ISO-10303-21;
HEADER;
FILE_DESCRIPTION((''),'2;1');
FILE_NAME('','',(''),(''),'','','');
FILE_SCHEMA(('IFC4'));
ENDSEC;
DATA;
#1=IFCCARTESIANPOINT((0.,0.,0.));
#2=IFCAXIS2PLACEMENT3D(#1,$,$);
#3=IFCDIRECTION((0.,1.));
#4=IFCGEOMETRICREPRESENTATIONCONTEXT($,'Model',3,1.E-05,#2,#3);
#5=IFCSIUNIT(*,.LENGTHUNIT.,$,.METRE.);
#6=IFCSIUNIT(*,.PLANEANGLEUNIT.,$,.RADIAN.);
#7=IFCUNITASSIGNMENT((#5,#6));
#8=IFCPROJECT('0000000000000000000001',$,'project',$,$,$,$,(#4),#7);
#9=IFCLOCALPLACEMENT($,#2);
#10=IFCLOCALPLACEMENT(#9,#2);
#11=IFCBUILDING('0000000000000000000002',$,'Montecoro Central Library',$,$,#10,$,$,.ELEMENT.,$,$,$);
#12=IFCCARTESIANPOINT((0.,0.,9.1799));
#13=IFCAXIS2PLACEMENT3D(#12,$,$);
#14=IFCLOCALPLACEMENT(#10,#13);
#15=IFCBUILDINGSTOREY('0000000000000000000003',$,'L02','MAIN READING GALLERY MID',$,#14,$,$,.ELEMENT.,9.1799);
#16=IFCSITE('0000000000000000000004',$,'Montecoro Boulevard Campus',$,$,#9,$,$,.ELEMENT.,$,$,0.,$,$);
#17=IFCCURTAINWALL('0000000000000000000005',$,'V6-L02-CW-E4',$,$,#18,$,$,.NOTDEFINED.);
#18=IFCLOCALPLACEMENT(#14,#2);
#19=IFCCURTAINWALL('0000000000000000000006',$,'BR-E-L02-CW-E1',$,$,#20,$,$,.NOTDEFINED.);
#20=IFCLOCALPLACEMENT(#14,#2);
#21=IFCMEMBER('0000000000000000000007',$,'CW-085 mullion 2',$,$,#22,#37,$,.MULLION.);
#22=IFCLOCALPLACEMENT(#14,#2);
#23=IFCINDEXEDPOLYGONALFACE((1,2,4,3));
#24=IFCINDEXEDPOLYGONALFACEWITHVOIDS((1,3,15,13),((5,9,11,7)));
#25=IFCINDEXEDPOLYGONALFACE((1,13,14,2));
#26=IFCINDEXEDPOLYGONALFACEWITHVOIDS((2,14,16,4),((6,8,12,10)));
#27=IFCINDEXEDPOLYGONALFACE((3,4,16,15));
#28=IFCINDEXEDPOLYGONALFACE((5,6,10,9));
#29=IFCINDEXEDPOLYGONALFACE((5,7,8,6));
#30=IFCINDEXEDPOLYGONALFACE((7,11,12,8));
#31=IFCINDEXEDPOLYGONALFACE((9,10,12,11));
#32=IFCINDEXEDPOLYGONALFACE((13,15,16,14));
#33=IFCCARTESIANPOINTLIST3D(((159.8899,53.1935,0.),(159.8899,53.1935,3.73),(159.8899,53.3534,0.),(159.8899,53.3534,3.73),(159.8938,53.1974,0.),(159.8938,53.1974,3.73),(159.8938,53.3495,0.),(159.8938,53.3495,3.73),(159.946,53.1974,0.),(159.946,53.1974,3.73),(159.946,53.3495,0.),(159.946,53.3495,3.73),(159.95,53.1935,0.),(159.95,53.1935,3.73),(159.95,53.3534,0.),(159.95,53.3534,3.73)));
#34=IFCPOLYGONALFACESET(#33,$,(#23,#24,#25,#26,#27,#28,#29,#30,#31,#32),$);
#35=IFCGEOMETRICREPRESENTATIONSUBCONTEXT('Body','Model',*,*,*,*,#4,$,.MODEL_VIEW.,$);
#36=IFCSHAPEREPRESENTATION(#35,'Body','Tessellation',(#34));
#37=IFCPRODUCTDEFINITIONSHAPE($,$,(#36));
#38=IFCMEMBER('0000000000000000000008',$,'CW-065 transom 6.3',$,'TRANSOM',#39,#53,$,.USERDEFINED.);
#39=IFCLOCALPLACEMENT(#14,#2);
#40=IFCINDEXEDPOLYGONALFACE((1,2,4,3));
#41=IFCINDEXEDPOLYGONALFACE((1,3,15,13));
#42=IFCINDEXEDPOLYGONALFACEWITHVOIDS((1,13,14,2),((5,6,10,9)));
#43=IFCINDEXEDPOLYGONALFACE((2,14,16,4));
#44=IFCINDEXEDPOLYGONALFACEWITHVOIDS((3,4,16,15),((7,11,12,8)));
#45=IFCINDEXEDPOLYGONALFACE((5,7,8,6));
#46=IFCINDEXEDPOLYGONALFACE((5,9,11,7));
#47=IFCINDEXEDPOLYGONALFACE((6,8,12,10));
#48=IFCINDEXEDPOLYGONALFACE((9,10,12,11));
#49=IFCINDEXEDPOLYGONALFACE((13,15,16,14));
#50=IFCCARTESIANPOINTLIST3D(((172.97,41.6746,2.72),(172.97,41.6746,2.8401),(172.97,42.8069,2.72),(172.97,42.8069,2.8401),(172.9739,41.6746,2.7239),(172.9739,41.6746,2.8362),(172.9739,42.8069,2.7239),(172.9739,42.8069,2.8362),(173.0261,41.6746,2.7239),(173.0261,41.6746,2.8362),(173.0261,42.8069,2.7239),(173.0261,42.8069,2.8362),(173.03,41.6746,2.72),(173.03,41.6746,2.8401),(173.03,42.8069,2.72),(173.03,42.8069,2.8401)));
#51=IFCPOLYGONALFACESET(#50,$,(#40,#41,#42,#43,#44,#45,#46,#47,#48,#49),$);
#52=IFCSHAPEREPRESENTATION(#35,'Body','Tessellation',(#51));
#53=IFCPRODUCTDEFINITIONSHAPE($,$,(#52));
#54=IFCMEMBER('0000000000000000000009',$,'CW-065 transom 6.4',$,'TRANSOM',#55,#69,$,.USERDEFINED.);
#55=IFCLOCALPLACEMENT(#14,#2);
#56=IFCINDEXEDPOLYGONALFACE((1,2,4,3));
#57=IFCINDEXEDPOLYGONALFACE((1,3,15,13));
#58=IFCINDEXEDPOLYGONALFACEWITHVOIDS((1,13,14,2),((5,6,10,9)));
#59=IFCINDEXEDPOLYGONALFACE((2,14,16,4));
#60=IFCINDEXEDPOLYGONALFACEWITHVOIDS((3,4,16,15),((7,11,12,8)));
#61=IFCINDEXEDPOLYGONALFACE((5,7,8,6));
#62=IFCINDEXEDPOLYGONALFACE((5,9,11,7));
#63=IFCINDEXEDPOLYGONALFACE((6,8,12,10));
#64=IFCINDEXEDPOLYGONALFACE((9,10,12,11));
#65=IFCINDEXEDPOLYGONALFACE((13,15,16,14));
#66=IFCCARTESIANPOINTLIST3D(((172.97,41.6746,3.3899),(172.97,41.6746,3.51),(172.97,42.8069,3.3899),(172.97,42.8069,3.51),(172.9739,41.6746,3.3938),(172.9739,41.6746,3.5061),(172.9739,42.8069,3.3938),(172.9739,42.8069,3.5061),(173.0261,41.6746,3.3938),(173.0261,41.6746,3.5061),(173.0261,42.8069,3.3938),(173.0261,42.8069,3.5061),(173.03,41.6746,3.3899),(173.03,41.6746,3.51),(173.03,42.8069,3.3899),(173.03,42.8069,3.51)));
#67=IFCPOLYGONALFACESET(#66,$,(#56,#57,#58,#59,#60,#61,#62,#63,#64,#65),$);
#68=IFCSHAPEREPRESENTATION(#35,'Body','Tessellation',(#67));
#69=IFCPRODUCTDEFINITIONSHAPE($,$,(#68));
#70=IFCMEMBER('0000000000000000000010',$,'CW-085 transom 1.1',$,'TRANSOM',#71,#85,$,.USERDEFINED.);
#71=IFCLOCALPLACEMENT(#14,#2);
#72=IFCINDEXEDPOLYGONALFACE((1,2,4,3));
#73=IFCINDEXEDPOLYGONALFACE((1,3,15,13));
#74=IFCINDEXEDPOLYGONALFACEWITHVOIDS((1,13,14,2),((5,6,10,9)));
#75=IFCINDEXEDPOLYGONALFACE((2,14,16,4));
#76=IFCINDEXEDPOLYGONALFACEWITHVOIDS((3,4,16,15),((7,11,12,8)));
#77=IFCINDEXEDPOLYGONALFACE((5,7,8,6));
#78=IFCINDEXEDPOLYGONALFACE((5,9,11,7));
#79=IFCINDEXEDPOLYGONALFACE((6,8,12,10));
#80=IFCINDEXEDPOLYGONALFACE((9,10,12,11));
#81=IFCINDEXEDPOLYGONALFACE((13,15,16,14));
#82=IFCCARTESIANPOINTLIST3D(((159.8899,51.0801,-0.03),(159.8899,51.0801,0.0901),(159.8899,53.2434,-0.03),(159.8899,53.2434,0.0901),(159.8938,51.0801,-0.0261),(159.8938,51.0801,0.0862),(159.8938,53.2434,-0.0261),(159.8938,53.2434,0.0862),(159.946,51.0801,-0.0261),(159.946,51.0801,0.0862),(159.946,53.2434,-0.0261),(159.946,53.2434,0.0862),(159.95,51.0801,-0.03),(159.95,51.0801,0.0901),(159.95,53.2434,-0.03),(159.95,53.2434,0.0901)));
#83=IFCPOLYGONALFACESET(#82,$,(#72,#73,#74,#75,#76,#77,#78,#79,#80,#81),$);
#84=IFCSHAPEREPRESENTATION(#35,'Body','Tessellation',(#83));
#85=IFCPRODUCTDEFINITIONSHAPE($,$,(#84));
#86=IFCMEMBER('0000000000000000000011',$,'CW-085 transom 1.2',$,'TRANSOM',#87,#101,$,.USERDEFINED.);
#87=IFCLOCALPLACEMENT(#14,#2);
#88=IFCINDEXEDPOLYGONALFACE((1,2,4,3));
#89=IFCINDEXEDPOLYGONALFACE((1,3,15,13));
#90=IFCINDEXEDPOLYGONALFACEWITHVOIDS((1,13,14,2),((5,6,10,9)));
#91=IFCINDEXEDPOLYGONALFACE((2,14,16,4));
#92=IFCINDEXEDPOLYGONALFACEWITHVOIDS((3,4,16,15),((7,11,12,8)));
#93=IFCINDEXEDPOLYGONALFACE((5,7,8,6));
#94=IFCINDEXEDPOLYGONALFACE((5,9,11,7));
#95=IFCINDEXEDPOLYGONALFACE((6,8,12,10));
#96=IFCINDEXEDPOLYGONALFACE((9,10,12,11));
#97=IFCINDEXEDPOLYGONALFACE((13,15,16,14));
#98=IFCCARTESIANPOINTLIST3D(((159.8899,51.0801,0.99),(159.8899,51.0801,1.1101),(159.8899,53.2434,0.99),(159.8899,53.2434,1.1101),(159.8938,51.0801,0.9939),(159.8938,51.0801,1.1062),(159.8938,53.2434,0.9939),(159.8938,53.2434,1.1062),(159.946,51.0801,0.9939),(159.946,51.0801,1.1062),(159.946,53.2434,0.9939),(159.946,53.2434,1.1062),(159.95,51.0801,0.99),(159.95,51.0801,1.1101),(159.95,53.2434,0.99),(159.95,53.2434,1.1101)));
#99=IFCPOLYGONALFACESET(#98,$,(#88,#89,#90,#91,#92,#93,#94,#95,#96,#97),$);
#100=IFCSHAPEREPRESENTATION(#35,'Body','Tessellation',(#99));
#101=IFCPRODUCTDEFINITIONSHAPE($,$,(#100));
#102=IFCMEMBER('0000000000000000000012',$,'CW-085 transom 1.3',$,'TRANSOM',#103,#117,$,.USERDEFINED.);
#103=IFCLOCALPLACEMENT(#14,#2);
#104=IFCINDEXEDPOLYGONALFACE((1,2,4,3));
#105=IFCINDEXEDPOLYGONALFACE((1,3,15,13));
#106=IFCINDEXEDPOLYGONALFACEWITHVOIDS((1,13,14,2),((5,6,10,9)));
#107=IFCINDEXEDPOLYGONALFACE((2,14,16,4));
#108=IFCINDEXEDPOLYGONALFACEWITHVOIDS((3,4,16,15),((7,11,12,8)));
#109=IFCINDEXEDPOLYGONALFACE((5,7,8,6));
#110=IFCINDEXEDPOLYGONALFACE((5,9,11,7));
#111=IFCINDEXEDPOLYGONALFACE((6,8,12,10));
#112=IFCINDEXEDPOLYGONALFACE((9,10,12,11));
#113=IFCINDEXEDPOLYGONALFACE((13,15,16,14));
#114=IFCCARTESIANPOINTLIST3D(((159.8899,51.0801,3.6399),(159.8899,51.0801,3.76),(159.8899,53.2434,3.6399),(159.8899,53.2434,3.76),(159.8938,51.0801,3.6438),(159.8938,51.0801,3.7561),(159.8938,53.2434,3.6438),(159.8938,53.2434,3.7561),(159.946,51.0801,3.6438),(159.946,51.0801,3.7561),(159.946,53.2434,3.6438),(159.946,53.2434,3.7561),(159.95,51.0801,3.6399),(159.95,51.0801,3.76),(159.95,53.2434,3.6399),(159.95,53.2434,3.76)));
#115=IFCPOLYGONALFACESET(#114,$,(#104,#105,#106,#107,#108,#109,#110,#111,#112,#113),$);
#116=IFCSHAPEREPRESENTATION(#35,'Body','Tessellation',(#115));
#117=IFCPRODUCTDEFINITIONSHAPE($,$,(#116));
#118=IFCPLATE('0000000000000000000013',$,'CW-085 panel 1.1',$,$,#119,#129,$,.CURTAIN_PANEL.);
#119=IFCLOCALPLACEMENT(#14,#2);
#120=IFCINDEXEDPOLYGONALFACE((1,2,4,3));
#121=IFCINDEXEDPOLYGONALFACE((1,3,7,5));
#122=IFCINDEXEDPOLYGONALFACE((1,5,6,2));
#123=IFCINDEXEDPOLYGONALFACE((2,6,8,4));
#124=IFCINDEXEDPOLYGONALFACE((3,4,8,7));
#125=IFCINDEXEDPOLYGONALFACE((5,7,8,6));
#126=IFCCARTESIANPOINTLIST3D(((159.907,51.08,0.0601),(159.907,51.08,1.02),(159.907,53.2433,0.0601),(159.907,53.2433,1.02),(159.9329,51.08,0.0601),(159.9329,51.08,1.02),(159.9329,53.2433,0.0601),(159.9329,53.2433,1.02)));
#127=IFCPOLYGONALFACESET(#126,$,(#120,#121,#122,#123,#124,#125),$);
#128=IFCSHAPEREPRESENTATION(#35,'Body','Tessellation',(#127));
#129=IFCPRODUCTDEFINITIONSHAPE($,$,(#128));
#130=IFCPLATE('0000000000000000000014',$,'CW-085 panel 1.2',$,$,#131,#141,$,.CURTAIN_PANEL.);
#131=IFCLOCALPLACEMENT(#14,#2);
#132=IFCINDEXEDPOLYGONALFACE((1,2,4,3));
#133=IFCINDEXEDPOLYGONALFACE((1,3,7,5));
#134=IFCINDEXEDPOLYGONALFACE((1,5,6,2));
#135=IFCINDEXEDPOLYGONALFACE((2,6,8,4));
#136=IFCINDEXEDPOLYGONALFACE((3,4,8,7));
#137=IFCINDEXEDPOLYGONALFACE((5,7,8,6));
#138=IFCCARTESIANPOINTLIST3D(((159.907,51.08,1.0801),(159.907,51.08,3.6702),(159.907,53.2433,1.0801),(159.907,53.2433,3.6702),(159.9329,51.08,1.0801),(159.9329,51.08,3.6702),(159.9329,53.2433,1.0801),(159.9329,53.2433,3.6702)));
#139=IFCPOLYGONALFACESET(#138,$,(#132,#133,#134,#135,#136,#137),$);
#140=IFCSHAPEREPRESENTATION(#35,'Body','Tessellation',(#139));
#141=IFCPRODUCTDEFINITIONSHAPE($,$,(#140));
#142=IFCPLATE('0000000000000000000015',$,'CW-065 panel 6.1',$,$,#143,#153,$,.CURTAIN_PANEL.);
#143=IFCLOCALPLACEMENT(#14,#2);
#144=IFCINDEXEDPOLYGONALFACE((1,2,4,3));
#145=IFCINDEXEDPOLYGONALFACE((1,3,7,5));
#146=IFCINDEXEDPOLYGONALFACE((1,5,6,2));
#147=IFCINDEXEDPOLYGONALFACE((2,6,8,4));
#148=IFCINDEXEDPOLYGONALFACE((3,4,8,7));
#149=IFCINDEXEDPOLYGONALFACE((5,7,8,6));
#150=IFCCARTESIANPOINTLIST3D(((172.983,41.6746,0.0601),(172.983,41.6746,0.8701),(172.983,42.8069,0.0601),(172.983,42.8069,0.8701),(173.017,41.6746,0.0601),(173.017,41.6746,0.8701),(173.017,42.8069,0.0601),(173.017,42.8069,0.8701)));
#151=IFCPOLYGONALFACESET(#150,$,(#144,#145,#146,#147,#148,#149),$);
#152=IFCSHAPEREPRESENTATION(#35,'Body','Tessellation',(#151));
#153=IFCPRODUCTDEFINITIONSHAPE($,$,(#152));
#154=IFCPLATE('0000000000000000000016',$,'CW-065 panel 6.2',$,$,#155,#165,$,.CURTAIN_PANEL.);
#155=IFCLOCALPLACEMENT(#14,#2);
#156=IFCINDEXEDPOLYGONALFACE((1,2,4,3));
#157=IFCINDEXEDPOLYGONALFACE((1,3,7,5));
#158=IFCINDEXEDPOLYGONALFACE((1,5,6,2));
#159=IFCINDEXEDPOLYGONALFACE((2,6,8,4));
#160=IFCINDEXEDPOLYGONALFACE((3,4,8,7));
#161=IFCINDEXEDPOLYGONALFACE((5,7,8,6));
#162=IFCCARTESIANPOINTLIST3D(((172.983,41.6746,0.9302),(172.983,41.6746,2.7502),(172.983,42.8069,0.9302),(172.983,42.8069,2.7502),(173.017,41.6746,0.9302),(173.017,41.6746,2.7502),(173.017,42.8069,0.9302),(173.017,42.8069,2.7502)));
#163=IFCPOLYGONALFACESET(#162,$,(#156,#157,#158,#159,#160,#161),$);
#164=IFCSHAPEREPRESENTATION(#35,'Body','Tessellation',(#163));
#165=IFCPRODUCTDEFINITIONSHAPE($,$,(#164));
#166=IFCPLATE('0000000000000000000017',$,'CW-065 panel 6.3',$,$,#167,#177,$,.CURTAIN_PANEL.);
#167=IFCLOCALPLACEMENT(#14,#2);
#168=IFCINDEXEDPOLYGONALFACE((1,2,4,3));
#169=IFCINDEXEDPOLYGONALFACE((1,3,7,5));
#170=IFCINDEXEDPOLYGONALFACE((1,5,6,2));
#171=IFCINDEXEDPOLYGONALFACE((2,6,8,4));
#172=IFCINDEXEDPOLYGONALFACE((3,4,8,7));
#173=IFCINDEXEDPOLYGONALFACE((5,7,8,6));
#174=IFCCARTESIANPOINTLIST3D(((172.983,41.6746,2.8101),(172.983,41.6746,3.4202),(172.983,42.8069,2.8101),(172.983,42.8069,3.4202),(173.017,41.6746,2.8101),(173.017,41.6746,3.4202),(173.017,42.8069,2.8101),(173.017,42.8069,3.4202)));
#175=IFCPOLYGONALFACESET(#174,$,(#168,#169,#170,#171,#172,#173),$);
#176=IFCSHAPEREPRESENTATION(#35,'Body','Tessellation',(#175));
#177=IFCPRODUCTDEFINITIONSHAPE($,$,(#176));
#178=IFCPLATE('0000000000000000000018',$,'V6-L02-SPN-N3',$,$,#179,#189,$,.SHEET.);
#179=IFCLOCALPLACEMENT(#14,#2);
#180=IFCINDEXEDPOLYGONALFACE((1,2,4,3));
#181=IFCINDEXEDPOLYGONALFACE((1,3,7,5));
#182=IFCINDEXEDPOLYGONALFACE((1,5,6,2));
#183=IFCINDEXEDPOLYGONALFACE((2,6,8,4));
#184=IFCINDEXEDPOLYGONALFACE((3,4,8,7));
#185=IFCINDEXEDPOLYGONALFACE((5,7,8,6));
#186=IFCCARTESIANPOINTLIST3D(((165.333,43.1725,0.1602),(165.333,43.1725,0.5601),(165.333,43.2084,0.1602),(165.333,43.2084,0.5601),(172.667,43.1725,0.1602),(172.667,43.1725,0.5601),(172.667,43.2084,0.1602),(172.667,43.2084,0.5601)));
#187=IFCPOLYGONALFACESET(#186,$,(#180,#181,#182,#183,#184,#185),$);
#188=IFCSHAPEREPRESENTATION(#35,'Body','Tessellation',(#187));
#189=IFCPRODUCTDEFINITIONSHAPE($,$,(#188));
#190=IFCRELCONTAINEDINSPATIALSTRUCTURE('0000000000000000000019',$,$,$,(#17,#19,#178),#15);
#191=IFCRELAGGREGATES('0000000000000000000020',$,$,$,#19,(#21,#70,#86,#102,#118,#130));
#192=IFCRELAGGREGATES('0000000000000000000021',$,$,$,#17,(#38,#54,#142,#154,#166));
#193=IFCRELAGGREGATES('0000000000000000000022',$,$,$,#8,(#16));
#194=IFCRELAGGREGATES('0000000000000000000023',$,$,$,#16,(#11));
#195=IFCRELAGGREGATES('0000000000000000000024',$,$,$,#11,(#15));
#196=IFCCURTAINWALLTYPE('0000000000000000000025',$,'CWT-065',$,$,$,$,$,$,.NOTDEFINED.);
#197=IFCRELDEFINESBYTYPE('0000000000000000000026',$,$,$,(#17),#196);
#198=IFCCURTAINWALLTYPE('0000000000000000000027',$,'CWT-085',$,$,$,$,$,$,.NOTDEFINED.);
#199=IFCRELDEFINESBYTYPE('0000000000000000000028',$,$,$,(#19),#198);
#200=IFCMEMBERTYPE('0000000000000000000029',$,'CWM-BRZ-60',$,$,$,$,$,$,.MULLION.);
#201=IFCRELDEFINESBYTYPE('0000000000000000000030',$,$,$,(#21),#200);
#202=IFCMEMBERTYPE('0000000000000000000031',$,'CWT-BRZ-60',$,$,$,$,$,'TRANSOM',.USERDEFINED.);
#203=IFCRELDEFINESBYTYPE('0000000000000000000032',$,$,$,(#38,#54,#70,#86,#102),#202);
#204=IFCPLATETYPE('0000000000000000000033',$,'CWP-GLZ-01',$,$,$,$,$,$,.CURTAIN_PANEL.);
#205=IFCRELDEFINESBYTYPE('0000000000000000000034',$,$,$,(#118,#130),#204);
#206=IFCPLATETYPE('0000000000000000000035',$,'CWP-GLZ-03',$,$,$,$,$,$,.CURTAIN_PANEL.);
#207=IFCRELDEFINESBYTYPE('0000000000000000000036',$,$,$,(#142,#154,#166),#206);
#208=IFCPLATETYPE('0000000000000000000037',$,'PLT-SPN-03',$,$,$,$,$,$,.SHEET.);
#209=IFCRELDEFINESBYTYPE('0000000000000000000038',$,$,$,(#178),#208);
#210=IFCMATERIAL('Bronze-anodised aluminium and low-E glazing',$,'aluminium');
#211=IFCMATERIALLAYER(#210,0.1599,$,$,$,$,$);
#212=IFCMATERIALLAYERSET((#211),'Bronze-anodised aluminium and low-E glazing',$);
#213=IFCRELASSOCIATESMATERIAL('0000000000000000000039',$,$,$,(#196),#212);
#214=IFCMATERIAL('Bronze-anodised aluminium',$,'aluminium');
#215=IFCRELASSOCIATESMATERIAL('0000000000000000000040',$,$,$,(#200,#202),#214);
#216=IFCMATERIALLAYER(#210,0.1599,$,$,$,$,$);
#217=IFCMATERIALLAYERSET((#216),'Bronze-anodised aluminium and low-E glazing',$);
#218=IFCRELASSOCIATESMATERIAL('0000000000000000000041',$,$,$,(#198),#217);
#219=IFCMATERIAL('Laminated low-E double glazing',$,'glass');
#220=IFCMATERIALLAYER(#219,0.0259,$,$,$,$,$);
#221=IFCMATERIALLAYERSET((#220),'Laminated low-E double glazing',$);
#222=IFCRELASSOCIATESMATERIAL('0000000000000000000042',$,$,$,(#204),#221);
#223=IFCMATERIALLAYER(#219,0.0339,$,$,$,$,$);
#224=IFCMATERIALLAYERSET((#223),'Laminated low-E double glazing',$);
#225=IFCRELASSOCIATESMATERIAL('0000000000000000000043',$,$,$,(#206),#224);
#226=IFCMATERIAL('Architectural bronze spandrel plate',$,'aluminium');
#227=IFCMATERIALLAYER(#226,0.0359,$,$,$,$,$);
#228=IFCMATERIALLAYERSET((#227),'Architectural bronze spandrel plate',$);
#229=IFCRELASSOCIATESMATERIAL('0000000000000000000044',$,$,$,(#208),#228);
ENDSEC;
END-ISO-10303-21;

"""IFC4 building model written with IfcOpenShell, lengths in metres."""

from ifc_helpers import new_model, si_unit, direction, frame, origin, origin_2d, place, context, subcontext, project, spatial, rectangle, hollow_rectangle, extrude, material, layer, layer_set, material_profile, profile_set, type_object, element, aggregate, save


model = new_model("IFC4")

# Units and contexts
model_context = context("Model", 3, precision=1e-05, world=origin(), true_north=direction((0.0, 1.0)))
body_context = subcontext(model_context, "Body", "Model", "MODEL_VIEW")
ifc_project = project(units=[si_unit("LENGTHUNIT", "METRE"), si_unit("PLANEANGLEUNIT", "RADIAN")], contexts=[model_context])

# Site, building, storey
site_placement = place(None, origin())
site = spatial("IfcSite", under=ifc_project, at=site_placement, Name="Montecoro Boulevard Campus", CompositionType="ELEMENT", RefElevation=0.0)
building_placement = place(site_placement, origin())
building = spatial("IfcBuilding", under=site, at=building_placement, Name="Montecoro Central Library", CompositionType="ELEMENT")
storey_placement = place(building_placement, frame((0.0, 0.0, 9.1799)))
storey = spatial("IfcBuildingStorey", under=building, at=storey_placement, Name="L02", Description="MAIN READING GALLERY MID", CompositionType="ELEMENT", Elevation=9.1799)

# Curtain wall
ifc_material_1 = material(Name="Bronze-anodised aluminium and low-E glazing", Category="aluminium")
ifc_layer_1 = layer(ifc_material_1, 0.1599)
ifc_layer_set_1 = layer_set([ifc_layer_1], Name="Bronze-anodised aluminium and low-E glazing")
curtain_wall_type_1 = type_object("IfcCurtainWallType", Name="CWT-065", PredefinedType="NOTDEFINED", material=ifc_layer_set_1)
curtain_wall_1_placement = place(storey_placement, origin())
curtain_wall_1 = element("IfcCurtainWall", 1, at=curtain_wall_1_placement, inside=storey, type_object=curtain_wall_type_1, Name="V6-L02-CW-E4", PredefinedType="NOTDEFINED")
ifc_material_2 = material(Name="Bronze-anodised aluminium", Category="aluminium")
ifc_material_profile_1 = material_profile(ifc_material_2, hollow_rectangle(XDim=0.0601, YDim=0.1599, WallThickness=0.0039, at=origin_2d()), Name="CWM 160x60x4.0")
ifc_profile_set_1 = profile_set([ifc_material_profile_1], Name="Bronze-anodised aluminium")
member_type_1 = type_object("IfcMemberType", Name="CWM-BRZ-60", PredefinedType="MULLION", material=ifc_profile_set_1)

# Curtain wall, member
ifc_layer_2 = layer(ifc_material_1, 0.1599)
ifc_layer_set_2 = layer_set([ifc_layer_2], Name="Bronze-anodised aluminium and low-E glazing")
curtain_wall_type_2 = type_object("IfcCurtainWallType", Name="CWT-085", PredefinedType="NOTDEFINED", material=ifc_layer_set_2)
curtain_wall_2_placement = place(storey_placement, origin())
curtain_wall_2 = element("IfcCurtainWall", 2, at=curtain_wall_2_placement, inside=storey, type_object=curtain_wall_type_2, Name="BR-E-L02-CW-E1", PredefinedType="NOTDEFINED")
member_1_placement = place(storey_placement, frame((159.9199, 53.2734, 0.0), z_axis=(0.0, 0.0, 1.0), x_axis=(-1.0, 0.0, 0.0)))
member_1 = element("IfcMember", 3, at=member_1_placement, type_object=member_type_1, Name="CW-085 mullion 2", PredefinedType="MULLION", context=body_context, shape_type="SweptSolid", body=[
    extrude(hollow_rectangle(XDim=0.0601, YDim=0.1599, WallThickness=0.0039, at=origin_2d()), origin(), (0.0, 0.0, 1.0), 3.73),
])

# Members
ifc_material_profile_2 = material_profile(ifc_material_2, hollow_rectangle(XDim=0.0601, YDim=0.1201, WallThickness=0.0039, at=origin_2d()), Name="CWT 120x60x4.0")
ifc_profile_set_2 = profile_set([ifc_material_profile_2], Name="Bronze-anodised aluminium")
member_type_2 = type_object("IfcMemberType", Name="CWT-BRZ-60", ElementType="TRANSOM", PredefinedType="USERDEFINED", material=ifc_profile_set_2)
member_2_placement = place(storey_placement, frame((173.0, 41.6746, 2.78), z_axis=(0.0, 1.0, 0.0), x_axis=(-1.0, 0.0, 0.0)))
member_2 = element("IfcMember", 4, at=member_2_placement, type_object=member_type_2, Name="CW-065 transom 6.3", ObjectType="TRANSOM", PredefinedType="USERDEFINED", context=body_context, shape_type="SweptSolid", body=[
    extrude(hollow_rectangle(XDim=0.0601, YDim=0.1201, WallThickness=0.0039, at=origin_2d()), origin(), (0.0, 0.0, 1.0), 1.1323),
])
member_3_placement = place(storey_placement, frame((173.0, 41.6746, 3.45), z_axis=(0.0, 1.0, 0.0), x_axis=(-1.0, 0.0, 0.0)))
member_3 = element("IfcMember", 5, at=member_3_placement, type_object=member_type_2, Name="CW-065 transom 6.4", ObjectType="TRANSOM", PredefinedType="USERDEFINED", context=body_context, shape_type="SweptSolid", body=[
    extrude(hollow_rectangle(XDim=0.0601, YDim=0.1201, WallThickness=0.0039, at=origin_2d()), origin(), (0.0, 0.0, 1.0), 1.1323),
])
member_4_placement = place(storey_placement, frame((159.9199, 51.0801, 0.03), z_axis=(0.0, 1.0, 0.0), x_axis=(-1.0, 0.0, 0.0)))
member_4 = element("IfcMember", 6, at=member_4_placement, type_object=member_type_2, Name="CW-085 transom 1.1", ObjectType="TRANSOM", PredefinedType="USERDEFINED", context=body_context, shape_type="SweptSolid", body=[
    extrude(hollow_rectangle(XDim=0.0601, YDim=0.1201, WallThickness=0.0039, at=origin_2d()), origin(), (0.0, 0.0, 1.0), 2.1633),
])
member_5_placement = place(storey_placement, frame((159.9199, 51.0801, 1.05), z_axis=(0.0, 1.0, 0.0), x_axis=(-1.0, 0.0, 0.0)))
member_5 = element("IfcMember", 7, at=member_5_placement, type_object=member_type_2, Name="CW-085 transom 1.2", ObjectType="TRANSOM", PredefinedType="USERDEFINED", context=body_context, shape_type="SweptSolid", body=[
    extrude(hollow_rectangle(XDim=0.0601, YDim=0.1201, WallThickness=0.0039, at=origin_2d()), origin(), (0.0, 0.0, 1.0), 2.1633),
])
member_6_placement = place(storey_placement, frame((159.9199, 51.0801, 3.7), z_axis=(0.0, 1.0, 0.0), x_axis=(-1.0, 0.0, 0.0)))
member_6 = element("IfcMember", 8, at=member_6_placement, type_object=member_type_2, Name="CW-085 transom 1.3", ObjectType="TRANSOM", PredefinedType="USERDEFINED", context=body_context, shape_type="SweptSolid", body=[
    extrude(hollow_rectangle(XDim=0.0601, YDim=0.1201, WallThickness=0.0039, at=origin_2d()), origin(), (0.0, 0.0, 1.0), 2.1633),
])

# Plates
ifc_material_3 = material(Name="Laminated low-E double glazing", Category="glass")
ifc_layer_3 = layer(ifc_material_3, 0.0259)
ifc_layer_set_3 = layer_set([ifc_layer_3], Name="Laminated low-E double glazing")
plate_type_1 = type_object("IfcPlateType", Name="CWP-GLZ-01", PredefinedType="CURTAIN_PANEL", material=ifc_layer_set_3)
plate_1_placement = place(storey_placement, frame((159.9199, 52.1616, 0.0601), z_axis=(0.0, 0.0, 1.0), x_axis=(0.0, 1.0, 0.0)))
plate_1 = element("IfcPlate", 9, at=plate_1_placement, type_object=plate_type_1, Name="CW-085 panel 1.1", PredefinedType="CURTAIN_PANEL", context=body_context, shape_type="SweptSolid", body=[
    extrude(rectangle(XDim=2.1633, YDim=0.0259, at=origin_2d()), origin(), (0.0, 0.0, 1.0), 0.96),
])
plate_2_placement = place(storey_placement, frame((159.9199, 52.1616, 1.0801), z_axis=(0.0, 0.0, 1.0), x_axis=(0.0, 1.0, 0.0)))
plate_2 = element("IfcPlate", 10, at=plate_2_placement, type_object=plate_type_1, Name="CW-085 panel 1.2", PredefinedType="CURTAIN_PANEL", context=body_context, shape_type="SweptSolid", body=[
    extrude(rectangle(XDim=2.1633, YDim=0.0259, at=origin_2d()), origin(), (0.0, 0.0, 1.0), 2.5901),
])
aggregate(curtain_wall_2, [member_1, member_4, member_5, member_6, plate_1, plate_2])
ifc_layer_4 = layer(ifc_material_3, 0.0339)
ifc_layer_set_4 = layer_set([ifc_layer_4], Name="Laminated low-E double glazing")
plate_type_2 = type_object("IfcPlateType", Name="CWP-GLZ-03", PredefinedType="CURTAIN_PANEL", material=ifc_layer_set_4)
plate_3_placement = place(storey_placement, frame((173.0, 42.2407, 0.0601), z_axis=(0.0, 0.0, 1.0), x_axis=(0.0, 1.0, 0.0)))
plate_3 = element("IfcPlate", 11, at=plate_3_placement, type_object=plate_type_2, Name="CW-065 panel 6.1", PredefinedType="CURTAIN_PANEL", context=body_context, shape_type="SweptSolid", body=[
    extrude(rectangle(XDim=1.1323, YDim=0.0339, at=origin_2d()), origin(), (0.0, 0.0, 1.0), 0.8101),
])
plate_4_placement = place(storey_placement, frame((173.0, 42.2407, 0.9302), z_axis=(0.0, 0.0, 1.0), x_axis=(0.0, 1.0, 0.0)))
plate_4 = element("IfcPlate", 12, at=plate_4_placement, type_object=plate_type_2, Name="CW-065 panel 6.2", PredefinedType="CURTAIN_PANEL", context=body_context, shape_type="SweptSolid", body=[
    extrude(rectangle(XDim=1.1323, YDim=0.0339, at=origin_2d()), origin(), (0.0, 0.0, 1.0), 1.8201),
])
plate_5_placement = place(storey_placement, frame((173.0, 42.2407, 2.8101), z_axis=(0.0, 0.0, 1.0), x_axis=(0.0, 1.0, 0.0)))
plate_5 = element("IfcPlate", 13, at=plate_5_placement, type_object=plate_type_2, Name="CW-065 panel 6.3", PredefinedType="CURTAIN_PANEL", context=body_context, shape_type="SweptSolid", body=[
    extrude(rectangle(XDim=1.1323, YDim=0.0339, at=origin_2d()), origin(), (0.0, 0.0, 1.0), 0.6101),
])
aggregate(curtain_wall_1, [member_2, member_3, plate_3, plate_4, plate_5])
ifc_material_4 = material(Name="Architectural bronze spandrel plate", Category="aluminium")
ifc_layer_5 = layer(ifc_material_4, 0.0359)
ifc_layer_set_5 = layer_set([ifc_layer_5], Name="Architectural bronze spandrel plate")
plate_type_3 = type_object("IfcPlateType", Name="PLT-SPN-03", PredefinedType="SHEET", material=ifc_layer_set_5)
plate_6_placement = place(storey_placement, frame((169.0, 43.1904, 0.1602), z_axis=(0.0, 0.0, 1.0), x_axis=(-1.0, 0.0, 0.0)))
element("IfcPlate", 14, at=plate_6_placement, inside=storey, type_object=plate_type_3, Name="V6-L02-SPN-N3", PredefinedType="SHEET", context=body_context, shape_type="SweptSolid", body=[
    extrude(rectangle(XDim=7.334, YDim=0.0359, at=origin_2d()), origin(), (0.0, 0.0, 1.0), 0.3999),
])

save(model, "model.ifc")
